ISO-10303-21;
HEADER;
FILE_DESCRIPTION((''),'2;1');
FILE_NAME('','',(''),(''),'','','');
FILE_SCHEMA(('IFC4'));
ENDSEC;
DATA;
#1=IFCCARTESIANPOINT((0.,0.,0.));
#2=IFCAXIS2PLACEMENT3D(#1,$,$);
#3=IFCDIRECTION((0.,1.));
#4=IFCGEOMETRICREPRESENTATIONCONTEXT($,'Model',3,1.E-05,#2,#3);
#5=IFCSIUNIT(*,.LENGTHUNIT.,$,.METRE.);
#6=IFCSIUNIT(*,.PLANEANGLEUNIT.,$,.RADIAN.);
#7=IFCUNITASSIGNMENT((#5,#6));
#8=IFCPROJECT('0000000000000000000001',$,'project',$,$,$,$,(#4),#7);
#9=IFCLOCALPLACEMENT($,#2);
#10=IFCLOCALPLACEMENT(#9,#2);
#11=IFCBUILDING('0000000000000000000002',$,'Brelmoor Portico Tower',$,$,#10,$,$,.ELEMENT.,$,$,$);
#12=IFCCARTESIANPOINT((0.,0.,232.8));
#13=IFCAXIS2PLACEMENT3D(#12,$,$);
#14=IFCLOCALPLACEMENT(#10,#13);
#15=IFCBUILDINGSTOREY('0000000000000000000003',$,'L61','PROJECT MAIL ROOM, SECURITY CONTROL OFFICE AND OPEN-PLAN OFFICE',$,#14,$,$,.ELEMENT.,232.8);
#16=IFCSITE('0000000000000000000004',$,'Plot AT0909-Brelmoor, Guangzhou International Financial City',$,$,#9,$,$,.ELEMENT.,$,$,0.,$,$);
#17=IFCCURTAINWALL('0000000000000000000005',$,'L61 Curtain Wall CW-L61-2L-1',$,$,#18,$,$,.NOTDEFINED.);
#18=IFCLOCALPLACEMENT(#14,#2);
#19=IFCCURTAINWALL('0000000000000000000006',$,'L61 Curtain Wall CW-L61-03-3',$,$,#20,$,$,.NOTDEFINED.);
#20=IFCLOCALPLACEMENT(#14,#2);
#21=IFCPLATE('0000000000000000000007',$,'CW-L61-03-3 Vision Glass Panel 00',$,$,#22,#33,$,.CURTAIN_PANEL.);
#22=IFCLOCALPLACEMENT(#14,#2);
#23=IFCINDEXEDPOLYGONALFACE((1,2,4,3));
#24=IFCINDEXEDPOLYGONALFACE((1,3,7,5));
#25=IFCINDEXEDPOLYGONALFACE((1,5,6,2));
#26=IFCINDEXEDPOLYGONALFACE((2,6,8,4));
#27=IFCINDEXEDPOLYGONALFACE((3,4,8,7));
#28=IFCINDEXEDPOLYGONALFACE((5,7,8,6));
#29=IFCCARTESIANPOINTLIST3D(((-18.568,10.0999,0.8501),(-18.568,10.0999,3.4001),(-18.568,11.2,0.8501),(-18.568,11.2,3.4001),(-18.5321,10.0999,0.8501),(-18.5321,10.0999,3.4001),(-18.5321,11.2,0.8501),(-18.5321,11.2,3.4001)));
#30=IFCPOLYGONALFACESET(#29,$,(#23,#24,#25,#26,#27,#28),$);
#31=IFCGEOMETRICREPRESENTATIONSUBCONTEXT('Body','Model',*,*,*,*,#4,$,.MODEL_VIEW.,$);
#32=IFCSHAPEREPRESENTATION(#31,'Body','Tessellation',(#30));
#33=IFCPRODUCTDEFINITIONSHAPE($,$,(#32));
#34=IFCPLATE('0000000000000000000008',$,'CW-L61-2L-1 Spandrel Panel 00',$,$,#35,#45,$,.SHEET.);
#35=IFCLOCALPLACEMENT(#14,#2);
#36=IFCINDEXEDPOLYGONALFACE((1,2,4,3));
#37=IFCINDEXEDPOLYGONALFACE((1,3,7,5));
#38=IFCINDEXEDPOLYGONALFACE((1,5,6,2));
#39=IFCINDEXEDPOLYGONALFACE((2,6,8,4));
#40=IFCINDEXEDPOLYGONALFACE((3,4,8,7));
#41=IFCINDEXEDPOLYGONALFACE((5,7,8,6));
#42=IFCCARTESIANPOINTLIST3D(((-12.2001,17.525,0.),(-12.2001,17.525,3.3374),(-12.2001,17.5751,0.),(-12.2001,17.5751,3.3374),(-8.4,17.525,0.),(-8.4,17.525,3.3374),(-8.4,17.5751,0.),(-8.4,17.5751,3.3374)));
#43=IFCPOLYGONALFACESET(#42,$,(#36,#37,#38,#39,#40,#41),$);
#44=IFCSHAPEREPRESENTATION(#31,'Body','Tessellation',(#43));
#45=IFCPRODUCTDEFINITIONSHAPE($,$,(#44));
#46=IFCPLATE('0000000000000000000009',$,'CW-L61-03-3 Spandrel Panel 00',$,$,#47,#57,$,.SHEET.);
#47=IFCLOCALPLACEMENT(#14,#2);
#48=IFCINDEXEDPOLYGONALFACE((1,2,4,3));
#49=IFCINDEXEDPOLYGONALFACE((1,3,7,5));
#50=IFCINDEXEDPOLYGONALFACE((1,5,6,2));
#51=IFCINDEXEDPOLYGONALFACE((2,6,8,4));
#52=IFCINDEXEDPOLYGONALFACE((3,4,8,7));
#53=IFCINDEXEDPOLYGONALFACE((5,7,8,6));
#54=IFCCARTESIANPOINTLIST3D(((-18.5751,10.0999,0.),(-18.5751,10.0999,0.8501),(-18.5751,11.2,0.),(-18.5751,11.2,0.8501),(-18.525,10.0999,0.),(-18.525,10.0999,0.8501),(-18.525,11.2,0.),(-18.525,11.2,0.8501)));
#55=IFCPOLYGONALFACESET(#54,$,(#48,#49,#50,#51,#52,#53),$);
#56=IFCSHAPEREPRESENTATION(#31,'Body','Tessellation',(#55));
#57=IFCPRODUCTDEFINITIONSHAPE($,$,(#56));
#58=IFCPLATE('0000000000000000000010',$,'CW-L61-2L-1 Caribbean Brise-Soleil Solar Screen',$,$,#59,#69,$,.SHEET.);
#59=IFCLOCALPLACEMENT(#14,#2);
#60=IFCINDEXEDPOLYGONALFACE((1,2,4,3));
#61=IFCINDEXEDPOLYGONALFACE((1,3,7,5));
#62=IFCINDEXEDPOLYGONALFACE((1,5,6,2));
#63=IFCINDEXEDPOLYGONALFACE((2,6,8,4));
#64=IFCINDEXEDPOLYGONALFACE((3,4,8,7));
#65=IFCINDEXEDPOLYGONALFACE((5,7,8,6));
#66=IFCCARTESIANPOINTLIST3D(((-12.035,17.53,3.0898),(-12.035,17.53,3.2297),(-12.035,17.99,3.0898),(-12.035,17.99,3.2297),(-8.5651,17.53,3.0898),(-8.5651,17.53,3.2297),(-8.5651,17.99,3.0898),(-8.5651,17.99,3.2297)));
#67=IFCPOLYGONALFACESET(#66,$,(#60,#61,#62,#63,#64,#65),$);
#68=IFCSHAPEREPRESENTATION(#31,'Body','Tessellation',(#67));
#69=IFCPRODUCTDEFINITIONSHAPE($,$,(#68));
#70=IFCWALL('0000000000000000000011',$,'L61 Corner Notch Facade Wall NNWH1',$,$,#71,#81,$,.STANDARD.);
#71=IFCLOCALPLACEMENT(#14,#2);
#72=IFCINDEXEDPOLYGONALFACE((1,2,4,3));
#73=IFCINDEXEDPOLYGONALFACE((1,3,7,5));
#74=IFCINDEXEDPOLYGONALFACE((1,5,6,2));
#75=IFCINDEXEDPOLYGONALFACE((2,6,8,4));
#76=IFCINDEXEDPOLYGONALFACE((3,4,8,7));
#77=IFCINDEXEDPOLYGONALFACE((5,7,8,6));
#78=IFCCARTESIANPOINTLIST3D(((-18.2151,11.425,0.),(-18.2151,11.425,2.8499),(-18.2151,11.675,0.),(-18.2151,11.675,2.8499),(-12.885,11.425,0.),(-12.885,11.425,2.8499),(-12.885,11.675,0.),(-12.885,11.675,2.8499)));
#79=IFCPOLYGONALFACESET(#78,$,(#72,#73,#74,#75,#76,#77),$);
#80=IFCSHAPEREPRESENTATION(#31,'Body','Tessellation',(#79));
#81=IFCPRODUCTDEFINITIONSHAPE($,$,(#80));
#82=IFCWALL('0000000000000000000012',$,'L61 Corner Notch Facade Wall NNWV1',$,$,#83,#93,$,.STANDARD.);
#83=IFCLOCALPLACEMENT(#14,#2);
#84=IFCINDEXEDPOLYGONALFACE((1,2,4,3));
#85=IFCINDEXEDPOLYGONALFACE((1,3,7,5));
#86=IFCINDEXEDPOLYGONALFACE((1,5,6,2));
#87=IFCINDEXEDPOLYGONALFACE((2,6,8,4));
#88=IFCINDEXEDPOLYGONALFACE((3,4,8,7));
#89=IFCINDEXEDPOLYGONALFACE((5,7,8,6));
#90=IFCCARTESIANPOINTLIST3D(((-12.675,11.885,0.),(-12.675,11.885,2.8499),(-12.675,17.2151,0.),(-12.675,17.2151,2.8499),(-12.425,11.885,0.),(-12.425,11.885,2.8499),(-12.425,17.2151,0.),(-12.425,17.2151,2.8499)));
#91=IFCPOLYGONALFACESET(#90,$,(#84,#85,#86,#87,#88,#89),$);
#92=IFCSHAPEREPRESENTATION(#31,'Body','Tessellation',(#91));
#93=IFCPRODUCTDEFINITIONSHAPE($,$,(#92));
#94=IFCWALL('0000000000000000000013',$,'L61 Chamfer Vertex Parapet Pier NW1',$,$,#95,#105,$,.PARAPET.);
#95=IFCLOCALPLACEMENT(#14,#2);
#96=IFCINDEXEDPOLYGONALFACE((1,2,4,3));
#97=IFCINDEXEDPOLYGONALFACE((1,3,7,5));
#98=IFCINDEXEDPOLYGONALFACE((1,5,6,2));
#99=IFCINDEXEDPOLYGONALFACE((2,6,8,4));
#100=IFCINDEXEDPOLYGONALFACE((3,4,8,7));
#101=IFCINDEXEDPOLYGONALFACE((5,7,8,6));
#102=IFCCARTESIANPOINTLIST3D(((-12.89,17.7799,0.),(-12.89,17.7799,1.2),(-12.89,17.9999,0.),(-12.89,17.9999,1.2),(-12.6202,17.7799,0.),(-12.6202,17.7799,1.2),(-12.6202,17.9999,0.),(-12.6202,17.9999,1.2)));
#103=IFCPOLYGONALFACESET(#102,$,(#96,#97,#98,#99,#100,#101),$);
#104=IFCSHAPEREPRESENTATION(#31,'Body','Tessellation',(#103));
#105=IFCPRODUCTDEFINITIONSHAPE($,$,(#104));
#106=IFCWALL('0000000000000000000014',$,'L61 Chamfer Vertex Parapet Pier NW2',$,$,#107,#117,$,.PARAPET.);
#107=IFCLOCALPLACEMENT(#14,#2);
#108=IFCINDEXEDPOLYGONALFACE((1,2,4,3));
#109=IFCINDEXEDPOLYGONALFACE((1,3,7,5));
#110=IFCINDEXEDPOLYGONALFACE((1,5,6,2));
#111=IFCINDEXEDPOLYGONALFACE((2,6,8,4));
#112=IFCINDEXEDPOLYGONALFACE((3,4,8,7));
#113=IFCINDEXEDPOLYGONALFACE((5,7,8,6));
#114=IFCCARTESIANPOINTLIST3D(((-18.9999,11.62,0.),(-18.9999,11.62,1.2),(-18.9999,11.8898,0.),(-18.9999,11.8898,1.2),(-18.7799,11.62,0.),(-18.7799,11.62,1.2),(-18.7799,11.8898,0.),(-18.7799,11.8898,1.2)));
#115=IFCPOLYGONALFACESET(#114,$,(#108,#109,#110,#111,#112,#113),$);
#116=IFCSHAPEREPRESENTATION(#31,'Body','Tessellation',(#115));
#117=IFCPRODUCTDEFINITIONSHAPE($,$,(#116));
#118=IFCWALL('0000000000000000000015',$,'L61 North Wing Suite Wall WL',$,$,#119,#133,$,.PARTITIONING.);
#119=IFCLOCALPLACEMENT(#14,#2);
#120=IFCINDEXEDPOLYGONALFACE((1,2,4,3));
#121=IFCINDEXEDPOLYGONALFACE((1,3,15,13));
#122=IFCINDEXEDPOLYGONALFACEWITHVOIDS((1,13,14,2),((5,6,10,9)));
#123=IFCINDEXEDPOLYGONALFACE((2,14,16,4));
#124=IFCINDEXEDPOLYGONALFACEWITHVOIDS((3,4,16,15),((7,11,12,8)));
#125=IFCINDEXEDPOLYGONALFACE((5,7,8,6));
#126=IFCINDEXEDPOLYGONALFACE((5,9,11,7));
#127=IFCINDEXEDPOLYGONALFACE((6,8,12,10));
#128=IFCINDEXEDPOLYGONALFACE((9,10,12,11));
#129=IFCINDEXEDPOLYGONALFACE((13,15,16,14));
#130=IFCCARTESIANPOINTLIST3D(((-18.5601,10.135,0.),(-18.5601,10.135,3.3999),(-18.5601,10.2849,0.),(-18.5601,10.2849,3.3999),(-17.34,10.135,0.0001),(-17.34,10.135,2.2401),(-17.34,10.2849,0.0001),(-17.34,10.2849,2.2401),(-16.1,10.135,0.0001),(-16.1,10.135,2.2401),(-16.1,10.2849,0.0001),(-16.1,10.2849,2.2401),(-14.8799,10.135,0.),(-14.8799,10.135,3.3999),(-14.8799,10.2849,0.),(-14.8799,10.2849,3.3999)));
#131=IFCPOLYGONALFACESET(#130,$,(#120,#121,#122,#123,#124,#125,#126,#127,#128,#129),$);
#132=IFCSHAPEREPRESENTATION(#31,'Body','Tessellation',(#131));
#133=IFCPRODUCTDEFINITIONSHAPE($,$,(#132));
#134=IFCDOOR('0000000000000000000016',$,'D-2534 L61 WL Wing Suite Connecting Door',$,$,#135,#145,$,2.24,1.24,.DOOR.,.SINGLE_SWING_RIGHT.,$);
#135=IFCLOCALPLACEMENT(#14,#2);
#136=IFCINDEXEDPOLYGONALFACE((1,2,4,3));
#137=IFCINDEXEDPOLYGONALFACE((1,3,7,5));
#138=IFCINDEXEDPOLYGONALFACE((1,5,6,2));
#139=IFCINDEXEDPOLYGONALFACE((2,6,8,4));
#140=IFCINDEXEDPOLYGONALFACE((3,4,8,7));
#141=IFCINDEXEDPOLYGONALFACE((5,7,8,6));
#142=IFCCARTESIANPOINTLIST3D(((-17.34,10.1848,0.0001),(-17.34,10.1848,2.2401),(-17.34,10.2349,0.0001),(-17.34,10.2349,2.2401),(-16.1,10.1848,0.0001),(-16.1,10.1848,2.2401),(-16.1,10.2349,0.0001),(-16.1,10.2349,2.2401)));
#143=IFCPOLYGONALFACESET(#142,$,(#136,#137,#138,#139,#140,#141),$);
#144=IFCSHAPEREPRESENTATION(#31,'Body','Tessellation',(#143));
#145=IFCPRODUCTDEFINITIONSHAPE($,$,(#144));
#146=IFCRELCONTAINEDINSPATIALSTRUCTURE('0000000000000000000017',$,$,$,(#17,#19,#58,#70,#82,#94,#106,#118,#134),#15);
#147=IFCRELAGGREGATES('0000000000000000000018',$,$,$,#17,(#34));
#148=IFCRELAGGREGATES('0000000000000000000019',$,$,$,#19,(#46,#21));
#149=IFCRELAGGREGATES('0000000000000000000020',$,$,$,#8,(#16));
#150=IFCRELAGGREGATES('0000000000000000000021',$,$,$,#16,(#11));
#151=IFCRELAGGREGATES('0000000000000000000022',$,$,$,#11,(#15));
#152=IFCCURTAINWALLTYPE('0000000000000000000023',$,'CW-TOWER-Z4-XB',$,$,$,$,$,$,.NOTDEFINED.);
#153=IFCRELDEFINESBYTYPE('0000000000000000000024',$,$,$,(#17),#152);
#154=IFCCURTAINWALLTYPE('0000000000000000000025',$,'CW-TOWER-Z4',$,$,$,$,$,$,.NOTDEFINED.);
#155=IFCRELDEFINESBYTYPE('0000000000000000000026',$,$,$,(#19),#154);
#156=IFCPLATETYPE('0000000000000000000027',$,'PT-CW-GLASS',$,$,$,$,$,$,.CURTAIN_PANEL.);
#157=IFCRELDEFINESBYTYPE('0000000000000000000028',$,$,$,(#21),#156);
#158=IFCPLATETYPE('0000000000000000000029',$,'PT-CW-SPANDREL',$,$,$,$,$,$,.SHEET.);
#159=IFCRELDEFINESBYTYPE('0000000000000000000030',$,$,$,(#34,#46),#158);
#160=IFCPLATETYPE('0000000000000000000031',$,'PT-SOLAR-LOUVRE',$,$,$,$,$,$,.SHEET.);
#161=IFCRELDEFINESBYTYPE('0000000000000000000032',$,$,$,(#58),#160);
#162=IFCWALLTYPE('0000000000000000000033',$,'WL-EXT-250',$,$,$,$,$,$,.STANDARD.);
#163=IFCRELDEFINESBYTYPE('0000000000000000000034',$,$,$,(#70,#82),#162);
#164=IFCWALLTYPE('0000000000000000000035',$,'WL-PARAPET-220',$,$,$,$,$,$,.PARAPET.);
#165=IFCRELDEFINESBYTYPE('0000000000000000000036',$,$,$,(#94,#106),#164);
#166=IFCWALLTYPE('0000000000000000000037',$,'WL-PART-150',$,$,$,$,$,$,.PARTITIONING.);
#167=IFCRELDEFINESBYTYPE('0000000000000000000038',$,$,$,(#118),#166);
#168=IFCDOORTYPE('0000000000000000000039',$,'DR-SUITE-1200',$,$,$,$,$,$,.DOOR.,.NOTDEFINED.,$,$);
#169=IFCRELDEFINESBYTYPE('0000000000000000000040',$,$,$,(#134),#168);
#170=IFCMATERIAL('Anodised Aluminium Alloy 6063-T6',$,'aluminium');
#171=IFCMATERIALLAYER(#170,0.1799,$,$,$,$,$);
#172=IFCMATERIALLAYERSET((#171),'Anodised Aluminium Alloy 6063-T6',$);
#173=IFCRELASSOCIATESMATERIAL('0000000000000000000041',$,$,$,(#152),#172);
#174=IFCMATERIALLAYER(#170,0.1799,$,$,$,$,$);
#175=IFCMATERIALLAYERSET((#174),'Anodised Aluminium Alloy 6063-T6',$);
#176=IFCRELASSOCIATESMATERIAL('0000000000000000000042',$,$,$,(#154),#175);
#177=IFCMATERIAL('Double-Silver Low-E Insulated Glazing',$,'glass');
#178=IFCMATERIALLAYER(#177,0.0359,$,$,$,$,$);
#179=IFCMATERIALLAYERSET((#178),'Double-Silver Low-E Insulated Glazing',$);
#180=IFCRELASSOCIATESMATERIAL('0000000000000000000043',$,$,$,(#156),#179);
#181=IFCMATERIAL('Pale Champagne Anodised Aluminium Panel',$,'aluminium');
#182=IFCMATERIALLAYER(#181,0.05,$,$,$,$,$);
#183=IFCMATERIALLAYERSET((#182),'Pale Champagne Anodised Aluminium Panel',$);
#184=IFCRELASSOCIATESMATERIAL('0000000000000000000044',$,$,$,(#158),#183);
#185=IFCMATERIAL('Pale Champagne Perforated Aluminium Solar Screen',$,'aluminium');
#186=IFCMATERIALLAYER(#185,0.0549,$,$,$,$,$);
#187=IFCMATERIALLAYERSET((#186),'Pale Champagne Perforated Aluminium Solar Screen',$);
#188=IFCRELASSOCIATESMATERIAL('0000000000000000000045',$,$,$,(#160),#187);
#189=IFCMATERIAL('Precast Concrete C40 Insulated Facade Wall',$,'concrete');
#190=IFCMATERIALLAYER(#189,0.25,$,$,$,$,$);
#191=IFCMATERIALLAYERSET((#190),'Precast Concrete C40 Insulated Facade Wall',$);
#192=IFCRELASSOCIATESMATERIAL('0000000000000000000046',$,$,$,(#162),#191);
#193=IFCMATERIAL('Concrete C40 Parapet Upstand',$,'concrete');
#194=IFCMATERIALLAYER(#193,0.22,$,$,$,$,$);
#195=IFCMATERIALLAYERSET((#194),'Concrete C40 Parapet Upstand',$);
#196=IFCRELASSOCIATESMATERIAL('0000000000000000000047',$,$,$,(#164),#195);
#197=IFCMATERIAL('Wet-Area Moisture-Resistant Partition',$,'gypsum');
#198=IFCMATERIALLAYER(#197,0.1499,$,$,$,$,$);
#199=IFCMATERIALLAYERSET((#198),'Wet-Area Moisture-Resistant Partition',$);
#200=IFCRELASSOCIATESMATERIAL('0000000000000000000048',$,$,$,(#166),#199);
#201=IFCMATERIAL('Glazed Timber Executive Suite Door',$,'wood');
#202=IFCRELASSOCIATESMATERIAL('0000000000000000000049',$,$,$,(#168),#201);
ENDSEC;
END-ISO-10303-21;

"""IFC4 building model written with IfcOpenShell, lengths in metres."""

from ifc_helpers import new_model, si_unit, direction, frame, frame_2d, origin, origin_2d, place, context, subcontext, project, spatial, rectangle, extrude, material, layer, layer_set, type_object, element, fill, aggregate, save


model = new_model("IFC4")

# Units and contexts
model_context = context("Model", 3, precision=1e-05, world=origin(), true_north=direction((0.0, 1.0)))
body_context = subcontext(model_context, "Body", "Model", "MODEL_VIEW")
ifc_project = project(units=[si_unit("LENGTHUNIT", "METRE"), si_unit("PLANEANGLEUNIT", "RADIAN")], contexts=[model_context])

# Site, building, storey
site_placement = place(None, origin())
site = spatial("IfcSite", under=ifc_project, at=site_placement, Name="Plot AT0909-Brelmoor, Guangzhou International Financial City", CompositionType="ELEMENT", RefElevation=0.0)
building_placement = place(site_placement, origin())
building = spatial("IfcBuilding", under=site, at=building_placement, Name="Brelmoor Portico Tower", CompositionType="ELEMENT")
storey_placement = place(building_placement, frame((0.0, 0.0, 232.8)))
storey = spatial("IfcBuildingStorey", under=building, at=storey_placement, Name="L61", Description="PROJECT MAIL ROOM, SECURITY CONTROL OFFICE AND OPEN-PLAN OFFICE", CompositionType="ELEMENT", Elevation=232.8)

# Curtain walls
ifc_material_1 = material(Name="Anodised Aluminium Alloy 6063-T6", Category="aluminium")
ifc_layer_1 = layer(ifc_material_1, 0.1799)
ifc_layer_set_1 = layer_set([ifc_layer_1], Name="Anodised Aluminium Alloy 6063-T6")
curtain_wall_type_1 = type_object("IfcCurtainWallType", Name="CW-TOWER-Z4-XB", PredefinedType="NOTDEFINED", material=ifc_layer_set_1)
curtain_wall_1_placement = place(storey_placement, origin())
curtain_wall_1 = element("IfcCurtainWall", 1, at=curtain_wall_1_placement, inside=storey, type_object=curtain_wall_type_1, Name="L61 Curtain Wall CW-L61-2L-1", PredefinedType="NOTDEFINED")
ifc_layer_2 = layer(ifc_material_1, 0.1799)
ifc_layer_set_2 = layer_set([ifc_layer_2], Name="Anodised Aluminium Alloy 6063-T6")
curtain_wall_type_2 = type_object("IfcCurtainWallType", Name="CW-TOWER-Z4", PredefinedType="NOTDEFINED", material=ifc_layer_set_2)
curtain_wall_2_placement = place(storey_placement, origin())
curtain_wall_2 = element("IfcCurtainWall", 2, at=curtain_wall_2_placement, inside=storey, type_object=curtain_wall_type_2, Name="L61 Curtain Wall CW-L61-03-3", PredefinedType="NOTDEFINED")

# Plates
ifc_material_2 = material(Name="Double-Silver Low-E Insulated Glazing", Category="glass")
ifc_layer_3 = layer(ifc_material_2, 0.0359)
ifc_layer_set_3 = layer_set([ifc_layer_3], Name="Double-Silver Low-E Insulated Glazing")
plate_type_1 = type_object("IfcPlateType", Name="PT-CW-GLASS", PredefinedType="CURTAIN_PANEL", material=ifc_layer_set_3)
plate_1_placement = place(storey_placement, frame((-18.55, 10.6499, 0.8501), z_axis=(0.0, 0.0, 1.0), x_axis=(0.0, 1.0, 0.0)))
plate_1 = element("IfcPlate", 3, at=plate_1_placement, type_object=plate_type_1, Name="CW-L61-03-3 Vision Glass Panel 00", PredefinedType="CURTAIN_PANEL", context=body_context, shape_type="SweptSolid", body=[
    extrude(rectangle(XDim=1.1001, YDim=0.0359, at=origin_2d()), origin(), (0.0, 0.0, 1.0), 2.55),
])
ifc_material_3 = material(Name="Pale Champagne Anodised Aluminium Panel", Category="aluminium")
ifc_layer_4 = layer(ifc_material_3, 0.05)
ifc_layer_set_4 = layer_set([ifc_layer_4], Name="Pale Champagne Anodised Aluminium Panel")
plate_type_2 = type_object("IfcPlateType", Name="PT-CW-SPANDREL", PredefinedType="SHEET", material=ifc_layer_set_4)
plate_2_placement = place(storey_placement, frame((-10.3, 17.55, 0.0), z_axis=(0.0, 0.0, 1.0), x_axis=(1.0, 0.0, 0.0)))
plate_2 = element("IfcPlate", 4, at=plate_2_placement, type_object=plate_type_2, Name="CW-L61-2L-1 Spandrel Panel 00", PredefinedType="SHEET", context=body_context, shape_type="SweptSolid", body=[
    extrude(rectangle(XDim=3.8, YDim=0.05, at=origin_2d()), origin(), (0.0, 0.0, 1.0), 3.3374),
])
aggregate(curtain_wall_1, [plate_2])
plate_3_placement = place(storey_placement, frame((-18.55, 10.6499, 0.0), z_axis=(0.0, 0.0, 1.0), x_axis=(0.0, 1.0, 0.0)))
plate_3 = element("IfcPlate", 5, at=plate_3_placement, type_object=plate_type_2, Name="CW-L61-03-3 Spandrel Panel 00", PredefinedType="SHEET", context=body_context, shape_type="SweptSolid", body=[
    extrude(rectangle(XDim=1.1001, YDim=0.05, at=origin_2d()), origin(), (0.0, 0.0, 1.0), 0.8501),
])
aggregate(curtain_wall_2, [plate_3, plate_1])
ifc_material_4 = material(Name="Pale Champagne Perforated Aluminium Solar Screen", Category="aluminium")
ifc_layer_5 = layer(ifc_material_4, 0.0549)
ifc_layer_set_5 = layer_set([ifc_layer_5], Name="Pale Champagne Perforated Aluminium Solar Screen")
plate_type_3 = type_object("IfcPlateType", Name="PT-SOLAR-LOUVRE", PredefinedType="SHEET", material=ifc_layer_set_5)
plate_4_placement = place(storey_placement, frame((-10.3, 17.76, 3.0898), z_axis=(0.0, 0.0, 1.0), x_axis=(1.0, 0.0, 0.0)))
element("IfcPlate", 6, at=plate_4_placement, inside=storey, type_object=plate_type_3, Name="CW-L61-2L-1 Caribbean Brise-Soleil Solar Screen", PredefinedType="SHEET", context=body_context, shape_type="SweptSolid", body=[
    extrude(rectangle(XDim=3.47, YDim=0.46, at=origin_2d()), origin(), (0.0, 0.0, 1.0), 0.1399),
])

# Walls
ifc_material_5 = material(Name="Precast Concrete C40 Insulated Facade Wall", Category="concrete")
ifc_layer_6 = layer(ifc_material_5, 0.25)
ifc_layer_set_6 = layer_set([ifc_layer_6], Name="Precast Concrete C40 Insulated Facade Wall")
wall_type_1 = type_object("IfcWallType", Name="WL-EXT-250", PredefinedType="STANDARD", material=ifc_layer_set_6)
for number, where, z_axis, x_axis, name in (
    (7, (-18.2151, 11.55, 0.0), (0.0, 0.0, 1.0), (1.0, 0.0, 0.0), "L61 Corner Notch Facade Wall NNWH1"),
    (8, (-12.55, 11.885, 0.0), (0.0, 0.0, 1.0), (0.0, 1.0, 0.0), "L61 Corner Notch Facade Wall NNWV1"),
):
    element("IfcWall", number, at=place(storey_placement, frame(where, z_axis=z_axis, x_axis=x_axis)), inside=storey, type_object=wall_type_1, Name=name, PredefinedType="STANDARD", context=body_context, shape_type="SweptSolid", body=[
        extrude(rectangle(XDim=5.3301, YDim=0.25, at=frame_2d((2.665, 0.0))), origin(), (0.0, 0.0, 1.0), 2.8499),
    ])
ifc_material_6 = material(Name="Concrete C40 Parapet Upstand", Category="concrete")
ifc_layer_7 = layer(ifc_material_6, 0.22)
ifc_layer_set_7 = layer_set([ifc_layer_7], Name="Concrete C40 Parapet Upstand")
wall_type_2 = type_object("IfcWallType", Name="WL-PARAPET-220", PredefinedType="PARAPET", material=ifc_layer_set_7)
for number, where, z_axis, x_axis, name in (
    (9, (-12.8899, 17.8899, 0.0), (0.0, 0.0, 1.0), (1.0, 0.0, 0.0), "L61 Chamfer Vertex Parapet Pier NW1"),
    (10, (-18.8899, 11.6201, 0.0), (0.0, 0.0, 1.0), (0.0, 1.0, 0.0), "L61 Chamfer Vertex Parapet Pier NW2"),
):
    element("IfcWall", number, at=place(storey_placement, frame(where, z_axis=z_axis, x_axis=x_axis)), inside=storey, type_object=wall_type_2, Name=name, PredefinedType="PARAPET", context=body_context, shape_type="SweptSolid", body=[
        extrude(rectangle(XDim=0.2698, YDim=0.22, at=frame_2d((0.1348, 0.0))), origin(), (0.0, 0.0, 1.0), 1.2),
    ])

# Wall, opening, door
ifc_material_7 = material(Name="Wet-Area Moisture-Resistant Partition", Category="gypsum")
ifc_layer_8 = layer(ifc_material_7, 0.1499)
ifc_layer_set_8 = layer_set([ifc_layer_8], Name="Wet-Area Moisture-Resistant Partition")
wall_type_3 = type_object("IfcWallType", Name="WL-PART-150", PredefinedType="PARTITIONING", material=ifc_layer_set_8)
wall_placement = place(storey_placement, frame((-18.5601, 10.21, 0.0), z_axis=(0.0, 0.0, 1.0), x_axis=(1.0, 0.0, 0.0)))
wall = element("IfcWall", 11, at=wall_placement, inside=storey, type_object=wall_type_3, Name="L61 North Wing Suite Wall WL", PredefinedType="PARTITIONING", context=body_context, shape_type="SweptSolid", body=[
    extrude(rectangle(XDim=3.6802, YDim=0.1499, at=frame_2d((1.8401, 0.0))), origin(), (0.0, 0.0, 1.0), 3.3999),
])
opening_placement = place(wall_placement, frame((1.22, 0.0, 0.0)))
opening = element("IfcOpeningElement", 12, at=opening_placement, cuts=wall, PredefinedType="OPENING", context=body_context, shape_type="SweptSolid", body=[
    extrude(rectangle(XDim=1.24, YDim=2.24, at=frame_2d((0.6201, 1.1201))), frame((0.0, 0.085, 0.0), z_axis=(0.0, -1.0, 0.0), x_axis=(1.0, 0.0, 0.0)), (0.0, 0.0, 1.0), 0.1699),
])
ifc_material_8 = material(Name="Glazed Timber Executive Suite Door", Category="wood")
door_type = type_object("IfcDoorType", Name="DR-SUITE-1200", OperationType="NOTDEFINED", PredefinedType="DOOR", material=ifc_material_8)
door_placement = place(opening_placement, origin())
door = element("IfcDoor", 13, at=door_placement, inside=storey, type_object=door_type, Name="D-2534 L61 WL Wing Suite Connecting Door", OperationType="SINGLE_SWING_RIGHT", OverallHeight=2.24, OverallWidth=1.24, PredefinedType="DOOR", context=body_context, shape_type="SweptSolid", body=[
    extrude(rectangle(XDim=1.24, YDim=2.24, at=frame_2d((0.6201, 1.1201))), frame((0.0, 0.0249, 0.0), z_axis=(0.0, -1.0, 0.0), x_axis=(1.0, 0.0, 0.0)), (0.0, 0.0, 1.0), 0.05),
])
fill(opening, door)

save(model, "model.ifc")
